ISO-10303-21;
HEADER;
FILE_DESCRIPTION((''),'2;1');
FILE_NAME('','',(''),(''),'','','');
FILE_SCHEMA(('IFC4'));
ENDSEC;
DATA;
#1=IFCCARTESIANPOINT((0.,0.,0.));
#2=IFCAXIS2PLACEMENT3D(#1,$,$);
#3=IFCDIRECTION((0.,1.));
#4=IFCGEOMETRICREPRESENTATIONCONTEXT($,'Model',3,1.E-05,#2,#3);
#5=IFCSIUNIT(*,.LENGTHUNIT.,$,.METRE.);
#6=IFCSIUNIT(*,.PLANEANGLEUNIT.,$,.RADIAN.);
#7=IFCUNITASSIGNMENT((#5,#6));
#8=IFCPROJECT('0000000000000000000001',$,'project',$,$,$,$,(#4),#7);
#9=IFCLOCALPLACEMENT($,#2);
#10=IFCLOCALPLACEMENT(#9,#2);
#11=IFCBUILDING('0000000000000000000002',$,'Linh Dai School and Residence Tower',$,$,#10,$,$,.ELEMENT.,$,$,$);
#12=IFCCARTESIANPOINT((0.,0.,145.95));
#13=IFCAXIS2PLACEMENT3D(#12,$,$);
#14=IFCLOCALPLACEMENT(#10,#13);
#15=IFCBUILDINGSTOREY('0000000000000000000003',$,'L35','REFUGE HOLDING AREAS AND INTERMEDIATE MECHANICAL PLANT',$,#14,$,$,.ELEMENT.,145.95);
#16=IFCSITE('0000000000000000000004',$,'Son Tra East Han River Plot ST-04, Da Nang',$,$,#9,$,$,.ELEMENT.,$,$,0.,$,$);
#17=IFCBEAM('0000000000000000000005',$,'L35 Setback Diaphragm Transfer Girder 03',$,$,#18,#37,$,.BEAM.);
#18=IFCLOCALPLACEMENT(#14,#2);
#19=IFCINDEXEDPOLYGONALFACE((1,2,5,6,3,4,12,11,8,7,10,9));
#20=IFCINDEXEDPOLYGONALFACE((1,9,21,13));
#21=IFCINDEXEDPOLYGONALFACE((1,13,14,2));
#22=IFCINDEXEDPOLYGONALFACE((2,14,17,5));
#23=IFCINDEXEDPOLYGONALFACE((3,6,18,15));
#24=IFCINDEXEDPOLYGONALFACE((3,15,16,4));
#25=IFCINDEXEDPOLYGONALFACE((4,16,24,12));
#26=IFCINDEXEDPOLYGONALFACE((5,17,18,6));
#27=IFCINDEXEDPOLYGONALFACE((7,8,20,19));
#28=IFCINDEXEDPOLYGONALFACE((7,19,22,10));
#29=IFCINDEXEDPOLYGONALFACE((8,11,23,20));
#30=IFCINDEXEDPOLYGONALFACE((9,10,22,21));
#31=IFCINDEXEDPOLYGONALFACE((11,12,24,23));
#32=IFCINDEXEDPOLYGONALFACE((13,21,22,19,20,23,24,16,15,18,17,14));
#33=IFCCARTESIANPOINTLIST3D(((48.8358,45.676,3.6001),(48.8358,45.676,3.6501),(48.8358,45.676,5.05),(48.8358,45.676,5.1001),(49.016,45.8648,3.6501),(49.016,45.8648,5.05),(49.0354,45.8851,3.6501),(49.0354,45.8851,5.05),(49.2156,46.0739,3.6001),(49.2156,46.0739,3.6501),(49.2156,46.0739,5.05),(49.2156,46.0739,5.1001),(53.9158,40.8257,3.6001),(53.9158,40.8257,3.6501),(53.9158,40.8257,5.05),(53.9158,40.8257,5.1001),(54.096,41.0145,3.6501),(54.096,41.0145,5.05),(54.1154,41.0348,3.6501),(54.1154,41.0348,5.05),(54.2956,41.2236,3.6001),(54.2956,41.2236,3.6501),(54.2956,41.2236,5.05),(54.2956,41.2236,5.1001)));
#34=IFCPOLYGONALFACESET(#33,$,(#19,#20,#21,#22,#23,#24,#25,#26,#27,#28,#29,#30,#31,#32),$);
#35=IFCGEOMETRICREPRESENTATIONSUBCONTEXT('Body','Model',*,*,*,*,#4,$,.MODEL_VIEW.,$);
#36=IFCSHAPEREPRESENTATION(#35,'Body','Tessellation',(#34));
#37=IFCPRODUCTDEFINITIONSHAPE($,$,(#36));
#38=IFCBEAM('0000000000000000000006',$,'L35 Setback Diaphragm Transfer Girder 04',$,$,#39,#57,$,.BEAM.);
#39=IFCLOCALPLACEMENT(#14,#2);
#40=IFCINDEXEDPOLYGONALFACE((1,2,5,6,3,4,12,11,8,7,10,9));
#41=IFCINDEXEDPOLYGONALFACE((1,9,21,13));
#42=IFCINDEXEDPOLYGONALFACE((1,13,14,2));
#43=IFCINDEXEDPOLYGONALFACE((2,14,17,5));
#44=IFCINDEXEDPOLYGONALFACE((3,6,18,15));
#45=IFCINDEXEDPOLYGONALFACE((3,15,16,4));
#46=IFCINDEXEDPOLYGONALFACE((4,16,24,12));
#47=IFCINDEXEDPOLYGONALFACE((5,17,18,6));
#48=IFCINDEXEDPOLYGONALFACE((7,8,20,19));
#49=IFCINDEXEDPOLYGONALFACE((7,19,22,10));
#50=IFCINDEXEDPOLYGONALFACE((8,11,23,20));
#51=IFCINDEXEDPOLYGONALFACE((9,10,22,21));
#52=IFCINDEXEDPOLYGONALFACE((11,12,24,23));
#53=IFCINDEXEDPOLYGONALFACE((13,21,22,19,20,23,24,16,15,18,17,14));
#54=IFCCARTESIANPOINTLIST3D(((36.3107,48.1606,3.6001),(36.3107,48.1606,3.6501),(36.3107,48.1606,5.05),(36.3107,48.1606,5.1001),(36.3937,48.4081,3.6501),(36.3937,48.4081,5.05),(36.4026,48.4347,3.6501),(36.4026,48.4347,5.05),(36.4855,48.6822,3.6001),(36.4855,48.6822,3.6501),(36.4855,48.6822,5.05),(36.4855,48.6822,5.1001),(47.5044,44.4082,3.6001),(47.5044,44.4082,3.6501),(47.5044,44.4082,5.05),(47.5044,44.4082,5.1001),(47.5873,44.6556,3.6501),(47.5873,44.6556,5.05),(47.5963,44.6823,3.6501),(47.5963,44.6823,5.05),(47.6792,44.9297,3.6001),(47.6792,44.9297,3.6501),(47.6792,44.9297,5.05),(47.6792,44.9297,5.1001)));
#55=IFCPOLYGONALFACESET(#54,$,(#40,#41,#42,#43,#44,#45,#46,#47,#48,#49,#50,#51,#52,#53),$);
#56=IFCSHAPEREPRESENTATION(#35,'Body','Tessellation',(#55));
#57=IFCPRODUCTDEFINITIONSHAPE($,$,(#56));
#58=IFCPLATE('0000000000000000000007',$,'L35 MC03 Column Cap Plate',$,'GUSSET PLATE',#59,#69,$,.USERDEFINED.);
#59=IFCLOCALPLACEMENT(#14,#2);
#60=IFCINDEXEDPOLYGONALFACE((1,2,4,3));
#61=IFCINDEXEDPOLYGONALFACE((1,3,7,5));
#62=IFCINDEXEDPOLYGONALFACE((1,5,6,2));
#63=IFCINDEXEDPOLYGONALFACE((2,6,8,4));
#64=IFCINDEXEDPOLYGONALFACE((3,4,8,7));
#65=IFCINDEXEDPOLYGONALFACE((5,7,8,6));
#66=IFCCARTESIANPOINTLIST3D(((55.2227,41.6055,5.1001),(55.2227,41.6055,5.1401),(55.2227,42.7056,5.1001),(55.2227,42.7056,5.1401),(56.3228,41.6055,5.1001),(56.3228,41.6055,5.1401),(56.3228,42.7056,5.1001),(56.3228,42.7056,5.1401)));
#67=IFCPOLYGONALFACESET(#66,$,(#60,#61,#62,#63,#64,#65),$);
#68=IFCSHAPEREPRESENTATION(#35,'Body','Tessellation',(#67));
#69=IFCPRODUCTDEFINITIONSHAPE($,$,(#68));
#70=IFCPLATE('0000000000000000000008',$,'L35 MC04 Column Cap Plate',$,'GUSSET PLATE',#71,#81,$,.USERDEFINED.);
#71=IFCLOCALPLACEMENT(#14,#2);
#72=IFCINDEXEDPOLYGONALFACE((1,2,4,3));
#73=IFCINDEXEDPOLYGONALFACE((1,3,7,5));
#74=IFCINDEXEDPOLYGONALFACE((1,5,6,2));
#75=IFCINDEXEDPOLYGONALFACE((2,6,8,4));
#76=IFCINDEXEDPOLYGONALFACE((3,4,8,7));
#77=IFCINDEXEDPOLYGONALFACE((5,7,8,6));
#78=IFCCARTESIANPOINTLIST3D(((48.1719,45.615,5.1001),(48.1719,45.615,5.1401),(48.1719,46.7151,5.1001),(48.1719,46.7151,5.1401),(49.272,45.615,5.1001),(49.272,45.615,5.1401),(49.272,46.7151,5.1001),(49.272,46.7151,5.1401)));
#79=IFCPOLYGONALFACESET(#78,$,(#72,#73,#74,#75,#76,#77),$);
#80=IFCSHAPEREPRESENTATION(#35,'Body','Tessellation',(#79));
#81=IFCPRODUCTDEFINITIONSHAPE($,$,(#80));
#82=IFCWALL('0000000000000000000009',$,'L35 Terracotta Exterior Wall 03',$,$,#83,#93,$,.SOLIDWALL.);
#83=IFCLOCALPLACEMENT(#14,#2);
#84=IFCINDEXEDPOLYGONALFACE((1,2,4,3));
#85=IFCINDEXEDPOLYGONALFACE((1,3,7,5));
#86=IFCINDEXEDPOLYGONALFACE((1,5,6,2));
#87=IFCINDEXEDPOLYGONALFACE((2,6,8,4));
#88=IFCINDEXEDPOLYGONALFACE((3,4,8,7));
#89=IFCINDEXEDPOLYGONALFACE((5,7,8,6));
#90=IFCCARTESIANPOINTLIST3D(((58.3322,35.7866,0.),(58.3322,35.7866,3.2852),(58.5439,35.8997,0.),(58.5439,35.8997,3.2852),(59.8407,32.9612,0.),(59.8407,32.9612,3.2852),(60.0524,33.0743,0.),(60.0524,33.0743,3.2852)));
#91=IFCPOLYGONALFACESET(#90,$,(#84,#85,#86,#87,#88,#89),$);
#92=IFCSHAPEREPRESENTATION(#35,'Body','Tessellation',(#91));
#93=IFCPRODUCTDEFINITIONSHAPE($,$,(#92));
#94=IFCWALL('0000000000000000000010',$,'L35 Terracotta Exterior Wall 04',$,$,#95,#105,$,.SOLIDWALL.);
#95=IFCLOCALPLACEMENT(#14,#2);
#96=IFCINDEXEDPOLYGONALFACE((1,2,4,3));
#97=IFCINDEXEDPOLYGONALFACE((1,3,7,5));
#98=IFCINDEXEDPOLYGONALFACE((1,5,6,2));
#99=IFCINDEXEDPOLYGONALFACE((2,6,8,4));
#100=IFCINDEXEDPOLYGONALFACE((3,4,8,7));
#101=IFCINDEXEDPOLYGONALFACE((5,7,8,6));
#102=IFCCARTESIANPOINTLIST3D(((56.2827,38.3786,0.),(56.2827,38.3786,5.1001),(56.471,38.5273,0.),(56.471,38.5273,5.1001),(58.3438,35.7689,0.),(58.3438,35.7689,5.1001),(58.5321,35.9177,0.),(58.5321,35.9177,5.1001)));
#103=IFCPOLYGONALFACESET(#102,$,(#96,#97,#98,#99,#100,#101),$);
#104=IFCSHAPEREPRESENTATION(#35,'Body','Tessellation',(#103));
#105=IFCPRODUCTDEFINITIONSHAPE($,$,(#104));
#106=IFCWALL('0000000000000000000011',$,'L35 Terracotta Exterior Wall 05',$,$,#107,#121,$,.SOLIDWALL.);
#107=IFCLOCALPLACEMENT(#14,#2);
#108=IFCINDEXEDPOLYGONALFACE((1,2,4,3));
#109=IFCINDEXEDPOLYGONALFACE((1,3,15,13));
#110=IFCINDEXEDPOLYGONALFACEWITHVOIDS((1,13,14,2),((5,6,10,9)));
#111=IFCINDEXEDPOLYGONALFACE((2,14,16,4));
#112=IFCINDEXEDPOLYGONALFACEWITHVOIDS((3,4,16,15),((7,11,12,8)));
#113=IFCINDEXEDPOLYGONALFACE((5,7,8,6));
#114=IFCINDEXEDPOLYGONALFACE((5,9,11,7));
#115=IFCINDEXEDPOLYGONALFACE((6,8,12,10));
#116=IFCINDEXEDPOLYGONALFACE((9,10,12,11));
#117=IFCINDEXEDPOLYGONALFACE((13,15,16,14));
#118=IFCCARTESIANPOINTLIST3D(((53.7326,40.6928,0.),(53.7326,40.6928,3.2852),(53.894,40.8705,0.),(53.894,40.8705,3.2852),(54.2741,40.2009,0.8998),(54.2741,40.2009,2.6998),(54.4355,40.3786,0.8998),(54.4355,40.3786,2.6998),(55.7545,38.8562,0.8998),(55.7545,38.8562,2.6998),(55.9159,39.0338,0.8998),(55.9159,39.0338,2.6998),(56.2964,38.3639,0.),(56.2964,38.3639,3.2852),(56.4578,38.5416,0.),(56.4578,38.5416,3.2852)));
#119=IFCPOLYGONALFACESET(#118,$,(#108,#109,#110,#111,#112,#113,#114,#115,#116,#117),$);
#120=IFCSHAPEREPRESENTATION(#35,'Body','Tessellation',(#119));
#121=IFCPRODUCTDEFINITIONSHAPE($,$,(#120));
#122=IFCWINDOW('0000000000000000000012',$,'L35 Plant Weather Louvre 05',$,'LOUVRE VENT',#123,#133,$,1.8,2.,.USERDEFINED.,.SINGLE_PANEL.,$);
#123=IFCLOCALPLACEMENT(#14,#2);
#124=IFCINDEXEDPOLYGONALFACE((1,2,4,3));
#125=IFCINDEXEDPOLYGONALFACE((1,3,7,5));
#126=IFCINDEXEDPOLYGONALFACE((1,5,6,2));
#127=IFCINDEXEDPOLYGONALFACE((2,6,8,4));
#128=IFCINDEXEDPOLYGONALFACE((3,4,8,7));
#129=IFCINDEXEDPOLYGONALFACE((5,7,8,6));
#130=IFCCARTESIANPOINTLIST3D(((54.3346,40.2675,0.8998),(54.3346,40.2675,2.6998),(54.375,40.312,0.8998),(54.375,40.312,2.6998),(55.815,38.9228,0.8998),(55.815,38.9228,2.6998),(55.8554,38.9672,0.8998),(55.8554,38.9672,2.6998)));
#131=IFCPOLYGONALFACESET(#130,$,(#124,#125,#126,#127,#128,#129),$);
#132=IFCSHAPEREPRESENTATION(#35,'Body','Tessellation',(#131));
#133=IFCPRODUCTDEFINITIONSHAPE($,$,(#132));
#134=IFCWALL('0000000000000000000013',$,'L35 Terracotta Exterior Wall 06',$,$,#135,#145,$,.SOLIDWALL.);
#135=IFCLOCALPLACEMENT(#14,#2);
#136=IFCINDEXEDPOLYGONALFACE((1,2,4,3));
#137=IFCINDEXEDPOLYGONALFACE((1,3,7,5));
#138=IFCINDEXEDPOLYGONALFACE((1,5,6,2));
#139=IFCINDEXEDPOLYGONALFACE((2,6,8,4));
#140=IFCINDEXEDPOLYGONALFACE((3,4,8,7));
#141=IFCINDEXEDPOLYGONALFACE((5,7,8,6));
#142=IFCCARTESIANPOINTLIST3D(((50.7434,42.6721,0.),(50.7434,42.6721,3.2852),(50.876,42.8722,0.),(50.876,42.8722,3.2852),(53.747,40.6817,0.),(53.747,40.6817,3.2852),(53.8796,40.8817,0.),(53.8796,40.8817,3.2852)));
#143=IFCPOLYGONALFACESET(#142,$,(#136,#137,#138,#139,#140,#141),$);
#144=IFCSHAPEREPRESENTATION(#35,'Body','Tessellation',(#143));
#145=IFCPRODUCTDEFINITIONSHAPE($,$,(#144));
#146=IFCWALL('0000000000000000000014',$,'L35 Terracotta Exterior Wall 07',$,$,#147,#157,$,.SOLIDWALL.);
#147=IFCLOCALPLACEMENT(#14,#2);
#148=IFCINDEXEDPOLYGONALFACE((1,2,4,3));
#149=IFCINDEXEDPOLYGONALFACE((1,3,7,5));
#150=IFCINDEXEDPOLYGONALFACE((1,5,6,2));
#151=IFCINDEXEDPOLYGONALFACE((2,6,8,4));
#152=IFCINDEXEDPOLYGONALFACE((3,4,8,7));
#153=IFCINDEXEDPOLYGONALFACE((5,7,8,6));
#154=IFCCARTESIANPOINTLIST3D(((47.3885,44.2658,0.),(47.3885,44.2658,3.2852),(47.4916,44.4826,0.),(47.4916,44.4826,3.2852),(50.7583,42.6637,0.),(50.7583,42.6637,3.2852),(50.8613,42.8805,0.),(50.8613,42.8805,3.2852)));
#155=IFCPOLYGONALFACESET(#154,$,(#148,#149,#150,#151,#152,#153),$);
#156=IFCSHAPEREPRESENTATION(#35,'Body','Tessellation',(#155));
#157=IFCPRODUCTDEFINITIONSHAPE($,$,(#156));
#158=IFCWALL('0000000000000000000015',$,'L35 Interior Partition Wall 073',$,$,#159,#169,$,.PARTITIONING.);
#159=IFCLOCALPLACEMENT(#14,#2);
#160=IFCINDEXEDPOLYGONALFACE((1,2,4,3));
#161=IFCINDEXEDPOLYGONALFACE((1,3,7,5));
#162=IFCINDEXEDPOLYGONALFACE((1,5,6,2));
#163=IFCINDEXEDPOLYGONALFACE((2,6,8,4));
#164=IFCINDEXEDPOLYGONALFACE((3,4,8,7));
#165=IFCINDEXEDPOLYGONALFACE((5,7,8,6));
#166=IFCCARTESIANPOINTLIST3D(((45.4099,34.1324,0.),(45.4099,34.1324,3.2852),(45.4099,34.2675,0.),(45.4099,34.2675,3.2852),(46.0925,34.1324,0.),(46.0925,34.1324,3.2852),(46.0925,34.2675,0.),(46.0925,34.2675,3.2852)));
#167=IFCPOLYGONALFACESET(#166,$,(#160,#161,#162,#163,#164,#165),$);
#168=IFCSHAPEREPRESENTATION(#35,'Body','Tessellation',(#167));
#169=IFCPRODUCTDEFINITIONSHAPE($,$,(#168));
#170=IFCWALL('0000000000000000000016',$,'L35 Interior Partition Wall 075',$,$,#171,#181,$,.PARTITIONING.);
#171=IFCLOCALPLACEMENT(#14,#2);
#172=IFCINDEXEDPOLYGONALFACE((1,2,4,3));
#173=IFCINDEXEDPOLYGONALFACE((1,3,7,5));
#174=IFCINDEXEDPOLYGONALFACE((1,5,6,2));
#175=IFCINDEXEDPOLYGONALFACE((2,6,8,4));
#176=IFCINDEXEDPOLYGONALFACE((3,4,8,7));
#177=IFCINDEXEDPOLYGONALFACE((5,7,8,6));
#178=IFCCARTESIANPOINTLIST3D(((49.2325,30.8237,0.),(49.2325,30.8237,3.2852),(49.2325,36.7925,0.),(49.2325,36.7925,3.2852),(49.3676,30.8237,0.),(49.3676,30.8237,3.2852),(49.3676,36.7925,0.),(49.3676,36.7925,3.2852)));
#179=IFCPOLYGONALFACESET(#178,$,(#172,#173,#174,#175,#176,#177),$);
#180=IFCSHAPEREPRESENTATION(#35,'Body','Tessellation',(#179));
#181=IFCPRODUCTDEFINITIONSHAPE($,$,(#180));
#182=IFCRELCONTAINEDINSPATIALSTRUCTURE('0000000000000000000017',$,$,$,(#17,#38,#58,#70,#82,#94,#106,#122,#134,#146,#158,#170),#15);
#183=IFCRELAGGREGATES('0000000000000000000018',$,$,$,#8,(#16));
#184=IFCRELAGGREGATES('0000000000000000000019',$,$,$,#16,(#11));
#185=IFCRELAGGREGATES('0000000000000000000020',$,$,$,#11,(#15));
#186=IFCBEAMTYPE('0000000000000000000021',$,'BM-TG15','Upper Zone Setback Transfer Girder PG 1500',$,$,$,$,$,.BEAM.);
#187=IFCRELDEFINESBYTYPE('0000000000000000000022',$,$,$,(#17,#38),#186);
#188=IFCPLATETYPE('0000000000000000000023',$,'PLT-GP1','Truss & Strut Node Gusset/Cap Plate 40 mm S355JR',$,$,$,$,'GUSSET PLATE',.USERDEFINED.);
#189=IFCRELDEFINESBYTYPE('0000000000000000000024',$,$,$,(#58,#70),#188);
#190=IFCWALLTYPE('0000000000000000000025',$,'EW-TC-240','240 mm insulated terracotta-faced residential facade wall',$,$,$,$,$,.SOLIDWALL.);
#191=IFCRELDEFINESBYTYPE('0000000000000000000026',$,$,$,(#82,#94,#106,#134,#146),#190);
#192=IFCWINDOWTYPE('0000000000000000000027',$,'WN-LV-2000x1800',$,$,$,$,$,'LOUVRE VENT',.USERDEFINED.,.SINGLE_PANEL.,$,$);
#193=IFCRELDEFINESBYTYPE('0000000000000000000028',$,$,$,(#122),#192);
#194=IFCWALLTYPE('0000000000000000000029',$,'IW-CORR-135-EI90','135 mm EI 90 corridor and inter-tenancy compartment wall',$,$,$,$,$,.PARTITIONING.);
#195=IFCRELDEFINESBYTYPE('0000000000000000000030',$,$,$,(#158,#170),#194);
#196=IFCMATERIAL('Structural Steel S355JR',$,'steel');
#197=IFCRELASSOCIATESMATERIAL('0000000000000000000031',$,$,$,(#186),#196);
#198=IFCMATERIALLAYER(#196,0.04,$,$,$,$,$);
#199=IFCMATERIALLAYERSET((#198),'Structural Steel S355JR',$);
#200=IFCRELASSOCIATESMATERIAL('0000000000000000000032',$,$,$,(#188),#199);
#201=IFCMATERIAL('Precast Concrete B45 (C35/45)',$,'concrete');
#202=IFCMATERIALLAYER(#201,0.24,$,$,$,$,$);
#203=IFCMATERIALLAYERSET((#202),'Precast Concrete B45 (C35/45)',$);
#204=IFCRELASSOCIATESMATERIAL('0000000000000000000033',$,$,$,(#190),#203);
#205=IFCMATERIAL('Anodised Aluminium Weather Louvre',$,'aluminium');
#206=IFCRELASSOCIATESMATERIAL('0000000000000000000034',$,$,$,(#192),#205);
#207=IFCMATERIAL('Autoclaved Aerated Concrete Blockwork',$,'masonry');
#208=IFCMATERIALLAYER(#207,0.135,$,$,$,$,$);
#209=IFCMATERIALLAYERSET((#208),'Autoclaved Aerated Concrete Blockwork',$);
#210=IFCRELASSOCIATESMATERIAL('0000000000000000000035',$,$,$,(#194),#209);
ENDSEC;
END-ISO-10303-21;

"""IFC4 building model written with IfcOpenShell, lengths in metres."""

from ifc_helpers import new_model, si_unit, direction, frame, frame_2d, origin, origin_2d, place, context, subcontext, project, spatial, rectangle, i_section, extrude, source, transform, mapped, material, layer, layer_set, material_profile, profile_set, type_object, element, fill, save


model = new_model("IFC4")

# Units and contexts
model_context = context("Model", 3, precision=1e-05, world=origin(), true_north=direction((0.0, 1.0)))
body_context = subcontext(model_context, "Body", "Model", "MODEL_VIEW")
ifc_project = project(units=[si_unit("LENGTHUNIT", "METRE"), si_unit("PLANEANGLEUNIT", "RADIAN")], contexts=[model_context])

# Site, building, storey
site_placement = place(None, origin())
site = spatial("IfcSite", under=ifc_project, at=site_placement, Name="Son Tra East Han River Plot ST-04, Da Nang", CompositionType="ELEMENT", RefElevation=0.0)
building_placement = place(site_placement, origin())
building = spatial("IfcBuilding", under=site, at=building_placement, Name="Linh Dai School and Residence Tower", CompositionType="ELEMENT")
storey_placement = place(building_placement, frame((0.0, 0.0, 145.95)))
storey = spatial("IfcBuildingStorey", under=building, at=storey_placement, Name="L35", Description="REFUGE HOLDING AREAS AND INTERMEDIATE MECHANICAL PLANT", CompositionType="ELEMENT", Elevation=145.95)

# Shared definitions
ifc_material_1 = material(Name="Structural Steel S355JR", Category="steel")

# Beams
ifc_material_profile_1 = material_profile(ifc_material_1, i_section(OverallWidth=0.55, OverallDepth=1.5, WebThickness=0.0281, FlangeThickness=0.05, at=origin_2d()), Name="PG 1500x550x28x50")
ifc_profile_set_1 = profile_set([ifc_material_profile_1], Name="Structural Steel S355JR")
beam_type_1 = type_object("IfcBeamType", Name="BM-TG15", Description="Upper Zone Setback Transfer Girder PG 1500", PredefinedType="BEAM", material=ifc_profile_set_1)
beam_1_placement = place(storey_placement, frame((54.1057, 41.0247, 4.3501), z_axis=(-0.723272, 0.690563, 0.0), x_axis=(-0.690563, -0.723272, 0.0)))
element("IfcBeam", 1, at=beam_1_placement, inside=storey, type_object=beam_type_1, Name="L35 Setback Diaphragm Transfer Girder 03", PredefinedType="BEAM", context=body_context, shape_type="SweptSolid", body=[
    extrude(i_section(OverallWidth=0.55, OverallDepth=1.5, WebThickness=0.0281, FlangeThickness=0.05, at=origin_2d()), origin(), (0.0, 0.0, 1.0), 7.0237),
])
beam_2_placement = place(storey_placement, frame((47.5918, 44.6689, 4.3501), z_axis=(-0.948142, 0.317847, 0.0), x_axis=(-0.317847, -0.948142, 0.0)))
element("IfcBeam", 2, at=beam_2_placement, inside=storey, type_object=beam_type_1, Name="L35 Setback Diaphragm Transfer Girder 04", PredefinedType="BEAM", context=body_context, shape_type="SweptSolid", body=[
    extrude(i_section(OverallWidth=0.55, OverallDepth=1.5, WebThickness=0.0281, FlangeThickness=0.05, at=origin_2d()), origin(), (0.0, 0.0, 1.0), 11.8059),
])

# Plates
ifc_layer_1 = layer(ifc_material_1, 0.04)
ifc_layer_set_1 = layer_set([ifc_layer_1], Name="Structural Steel S355JR")
plate_type = type_object("IfcPlateType", Name="PLT-GP1", Description="Truss & Strut Node Gusset/Cap Plate 40 mm S355JR", ElementType="GUSSET PLATE", PredefinedType="USERDEFINED", material=ifc_layer_set_1)
shared_shape_1 = source(origin(), body_context, "Body", "SweptSolid", [
    extrude(rectangle(XDim=1.1001, YDim=1.1001, at=origin_2d()), origin(), (0.0, 0.0, 1.0), 0.04),
])
for number, where, z_axis, x_axis, name in (
    (3, (55.7727, 42.1555, 5.1001), (0.0, 0.0, 1.0), (1.0, 0.0, 0.0), "L35 MC03 Column Cap Plate"),
    (4, (48.7219, 46.165, 5.1001), (0.0, 0.0, 1.0), (1.0, 0.0, 0.0), "L35 MC04 Column Cap Plate"),
):
    element("IfcPlate", number, at=place(storey_placement, frame(where, z_axis=z_axis, x_axis=x_axis)), inside=storey, type_object=plate_type, Name=name, ObjectType="GUSSET PLATE", PredefinedType="USERDEFINED", context=body_context, shape_type="MappedRepresentation", body=[
        mapped(shared_shape_1, transform((0.0, 0.0, 0.0), x_axis=(1.0, 0.0, 0.0), y_axis=(0.0, 1.0, 0.0), z_axis=(0.0, 0.0, 1.0), scale=1.0)),
    ])

# Walls
ifc_material_2 = material(Name="Precast Concrete B45 (C35/45)", Category="concrete")
ifc_layer_2 = layer(ifc_material_2, 0.24)
ifc_layer_set_2 = layer_set([ifc_layer_2], Name="Precast Concrete B45 (C35/45)")
wall_type_1 = type_object("IfcWallType", Name="EW-TC-240", Description="240 mm insulated terracotta-faced residential facade wall", PredefinedType="SOLIDWALL", material=ifc_layer_set_2)
wall_1_placement = place(storey_placement, frame((58.438, 35.8433, 0.0), z_axis=(0.0, 0.0, 1.0), x_axis=(0.470988, -0.88214, 0.0)))
element("IfcWall", 5, at=wall_1_placement, inside=storey, type_object=wall_type_1, Name="L35 Terracotta Exterior Wall 03", PredefinedType="SOLIDWALL", context=body_context, shape_type="SweptSolid", body=[
    extrude(rectangle(XDim=3.2029, YDim=0.24, at=frame_2d((1.6016, 0.0))), origin(), (0.0, 0.0, 1.0), 3.2852),
])
wall_2_placement = place(storey_placement, frame((56.377, 38.4529, 0.0), z_axis=(0.0, 0.0, 1.0), x_axis=(0.619794, -0.784764, 0.0)))
element("IfcWall", 6, at=wall_2_placement, inside=storey, type_object=wall_type_1, Name="L35 Terracotta Exterior Wall 04", PredefinedType="SOLIDWALL", context=body_context, shape_type="SweptSolid", body=[
    extrude(rectangle(XDim=3.3254, YDim=0.24, at=frame_2d((1.6626, 0.0))), origin(), (0.0, 0.0, 1.0), 5.1001),
])

# Wall, opening, window
wall_3_placement = place(storey_placement, frame((53.8132, 40.7817, 0.0), z_axis=(0.0, 0.0, 1.0), x_axis=(0.740198, -0.672389, 0.0)))
wall_3 = element("IfcWall", 7, at=wall_3_placement, inside=storey, type_object=wall_type_1, Name="L35 Terracotta Exterior Wall 05", PredefinedType="SOLIDWALL", context=body_context, shape_type="SweptSolid", body=[
    extrude(rectangle(XDim=3.4636, YDim=0.24, at=frame_2d((1.7319, 0.0))), origin(), (0.0, 0.0, 1.0), 3.2852),
])
opening_placement = place(wall_3_placement, frame((0.7317, 0.0, 0.8999)))
opening = element("IfcOpeningElement", 8, at=opening_placement, cuts=wall_3, PredefinedType="OPENING", context=body_context, shape_type="SweptSolid", body=[
    extrude(rectangle(XDim=2.0, YDim=1.8, at=origin_2d()), frame((1.0, 0.1299, 0.8999), z_axis=(0.0, -1.0, 0.0), x_axis=(1.0, 0.0, 0.0)), (0.0, 0.0, 1.0), 0.26),
])
ifc_material_3 = material(Name="Anodised Aluminium Weather Louvre", Category="aluminium")
window_type = type_object("IfcWindowType", Name="WN-LV-2000x1800", ElementType="LOUVRE VENT", PartitioningType="SINGLE_PANEL", PredefinedType="USERDEFINED", material=ifc_material_3)
shared_shape_2 = source(origin(), body_context, "Body", "SweptSolid", [
    extrude(rectangle(XDim=2.0, YDim=1.8, at=origin_2d()), frame((1.0, 0.03, 0.8999), z_axis=(0.0, -1.0, 0.0), x_axis=(1.0, 0.0, 0.0)), (0.0, 0.0, 1.0), 0.0601),
])
window_placement = place(opening_placement, origin())
window = element("IfcWindow", 9, at=window_placement, inside=storey, type_object=window_type, Name="L35 Plant Weather Louvre 05", ObjectType="LOUVRE VENT", OverallHeight=1.8, OverallWidth=2.0, PartitioningType="SINGLE_PANEL", PredefinedType="USERDEFINED", context=body_context, shape_type="MappedRepresentation", body=[
    mapped(shared_shape_2, transform((0.0, 0.0, 0.0), x_axis=(1.0, 0.0, 0.0), y_axis=(0.0, 1.0, 0.0), z_axis=(0.0, 0.0, 1.0), scale=1.0)),
])
fill(opening, window)

# Walls
wall_4_placement = place(storey_placement, frame((50.8096, 42.7722, 0.0), z_axis=(0.0, 0.0, 1.0), x_axis=(0.833579, -0.5524, 0.0)))
element("IfcWall", 10, at=wall_4_placement, inside=storey, type_object=wall_type_1, Name="L35 Terracotta Exterior Wall 06", PredefinedType="SOLIDWALL", context=body_context, shape_type="SweptSolid", body=[
    extrude(rectangle(XDim=3.6033, YDim=0.24, at=frame_2d((1.8018, 0.0))), origin(), (0.0, 0.0, 1.0), 3.2852),
])
wall_5_placement = place(storey_placement, frame((47.4399, 44.3743, 0.0), z_axis=(0.0, 0.0, 1.0), x_axis=(0.903124, -0.42938, 0.0)))
element("IfcWall", 11, at=wall_5_placement, inside=storey, type_object=wall_type_1, Name="L35 Terracotta Exterior Wall 07", PredefinedType="SOLIDWALL", context=body_context, shape_type="SweptSolid", body=[
    extrude(rectangle(XDim=3.7312, YDim=0.24, at=frame_2d((1.8657, 0.0))), origin(), (0.0, 0.0, 1.0), 3.2852),
])
ifc_material_4 = material(Name="Autoclaved Aerated Concrete Blockwork", Category="masonry")
ifc_layer_3 = layer(ifc_material_4, 0.135)
ifc_layer_set_3 = layer_set([ifc_layer_3], Name="Autoclaved Aerated Concrete Blockwork")
wall_type_2 = type_object("IfcWallType", Name="IW-CORR-135-EI90", Description="135 mm EI 90 corridor and inter-tenancy compartment wall", PredefinedType="PARTITIONING", material=ifc_layer_set_3)
wall_6_placement = place(storey_placement, frame((46.0925, 34.2, 0.0), z_axis=(0.0, 0.0, 1.0), x_axis=(-1.0, 0.0, 0.0)))
element("IfcWall", 12, at=wall_6_placement, inside=storey, type_object=wall_type_2, Name="L35 Interior Partition Wall 073", PredefinedType="PARTITIONING", context=body_context, shape_type="SweptSolid", body=[
    extrude(rectangle(XDim=0.6826, YDim=0.135, at=frame_2d((0.3413, 0.0))), origin(), (0.0, 0.0, 1.0), 3.2852),
])
wall_7_placement = place(storey_placement, frame((49.3, 36.7925, 0.0), z_axis=(0.0, 0.0, 1.0), x_axis=(0.0, -1.0, 0.0)))
element("IfcWall", 13, at=wall_7_placement, inside=storey, type_object=wall_type_2, Name="L35 Interior Partition Wall 075", PredefinedType="PARTITIONING", context=body_context, shape_type="SweptSolid", body=[
    extrude(rectangle(XDim=5.9688, YDim=0.135, at=frame_2d((2.9844, 0.0))), origin(), (0.0, 0.0, 1.0), 3.2852),
])

save(model, "model.ifc")
